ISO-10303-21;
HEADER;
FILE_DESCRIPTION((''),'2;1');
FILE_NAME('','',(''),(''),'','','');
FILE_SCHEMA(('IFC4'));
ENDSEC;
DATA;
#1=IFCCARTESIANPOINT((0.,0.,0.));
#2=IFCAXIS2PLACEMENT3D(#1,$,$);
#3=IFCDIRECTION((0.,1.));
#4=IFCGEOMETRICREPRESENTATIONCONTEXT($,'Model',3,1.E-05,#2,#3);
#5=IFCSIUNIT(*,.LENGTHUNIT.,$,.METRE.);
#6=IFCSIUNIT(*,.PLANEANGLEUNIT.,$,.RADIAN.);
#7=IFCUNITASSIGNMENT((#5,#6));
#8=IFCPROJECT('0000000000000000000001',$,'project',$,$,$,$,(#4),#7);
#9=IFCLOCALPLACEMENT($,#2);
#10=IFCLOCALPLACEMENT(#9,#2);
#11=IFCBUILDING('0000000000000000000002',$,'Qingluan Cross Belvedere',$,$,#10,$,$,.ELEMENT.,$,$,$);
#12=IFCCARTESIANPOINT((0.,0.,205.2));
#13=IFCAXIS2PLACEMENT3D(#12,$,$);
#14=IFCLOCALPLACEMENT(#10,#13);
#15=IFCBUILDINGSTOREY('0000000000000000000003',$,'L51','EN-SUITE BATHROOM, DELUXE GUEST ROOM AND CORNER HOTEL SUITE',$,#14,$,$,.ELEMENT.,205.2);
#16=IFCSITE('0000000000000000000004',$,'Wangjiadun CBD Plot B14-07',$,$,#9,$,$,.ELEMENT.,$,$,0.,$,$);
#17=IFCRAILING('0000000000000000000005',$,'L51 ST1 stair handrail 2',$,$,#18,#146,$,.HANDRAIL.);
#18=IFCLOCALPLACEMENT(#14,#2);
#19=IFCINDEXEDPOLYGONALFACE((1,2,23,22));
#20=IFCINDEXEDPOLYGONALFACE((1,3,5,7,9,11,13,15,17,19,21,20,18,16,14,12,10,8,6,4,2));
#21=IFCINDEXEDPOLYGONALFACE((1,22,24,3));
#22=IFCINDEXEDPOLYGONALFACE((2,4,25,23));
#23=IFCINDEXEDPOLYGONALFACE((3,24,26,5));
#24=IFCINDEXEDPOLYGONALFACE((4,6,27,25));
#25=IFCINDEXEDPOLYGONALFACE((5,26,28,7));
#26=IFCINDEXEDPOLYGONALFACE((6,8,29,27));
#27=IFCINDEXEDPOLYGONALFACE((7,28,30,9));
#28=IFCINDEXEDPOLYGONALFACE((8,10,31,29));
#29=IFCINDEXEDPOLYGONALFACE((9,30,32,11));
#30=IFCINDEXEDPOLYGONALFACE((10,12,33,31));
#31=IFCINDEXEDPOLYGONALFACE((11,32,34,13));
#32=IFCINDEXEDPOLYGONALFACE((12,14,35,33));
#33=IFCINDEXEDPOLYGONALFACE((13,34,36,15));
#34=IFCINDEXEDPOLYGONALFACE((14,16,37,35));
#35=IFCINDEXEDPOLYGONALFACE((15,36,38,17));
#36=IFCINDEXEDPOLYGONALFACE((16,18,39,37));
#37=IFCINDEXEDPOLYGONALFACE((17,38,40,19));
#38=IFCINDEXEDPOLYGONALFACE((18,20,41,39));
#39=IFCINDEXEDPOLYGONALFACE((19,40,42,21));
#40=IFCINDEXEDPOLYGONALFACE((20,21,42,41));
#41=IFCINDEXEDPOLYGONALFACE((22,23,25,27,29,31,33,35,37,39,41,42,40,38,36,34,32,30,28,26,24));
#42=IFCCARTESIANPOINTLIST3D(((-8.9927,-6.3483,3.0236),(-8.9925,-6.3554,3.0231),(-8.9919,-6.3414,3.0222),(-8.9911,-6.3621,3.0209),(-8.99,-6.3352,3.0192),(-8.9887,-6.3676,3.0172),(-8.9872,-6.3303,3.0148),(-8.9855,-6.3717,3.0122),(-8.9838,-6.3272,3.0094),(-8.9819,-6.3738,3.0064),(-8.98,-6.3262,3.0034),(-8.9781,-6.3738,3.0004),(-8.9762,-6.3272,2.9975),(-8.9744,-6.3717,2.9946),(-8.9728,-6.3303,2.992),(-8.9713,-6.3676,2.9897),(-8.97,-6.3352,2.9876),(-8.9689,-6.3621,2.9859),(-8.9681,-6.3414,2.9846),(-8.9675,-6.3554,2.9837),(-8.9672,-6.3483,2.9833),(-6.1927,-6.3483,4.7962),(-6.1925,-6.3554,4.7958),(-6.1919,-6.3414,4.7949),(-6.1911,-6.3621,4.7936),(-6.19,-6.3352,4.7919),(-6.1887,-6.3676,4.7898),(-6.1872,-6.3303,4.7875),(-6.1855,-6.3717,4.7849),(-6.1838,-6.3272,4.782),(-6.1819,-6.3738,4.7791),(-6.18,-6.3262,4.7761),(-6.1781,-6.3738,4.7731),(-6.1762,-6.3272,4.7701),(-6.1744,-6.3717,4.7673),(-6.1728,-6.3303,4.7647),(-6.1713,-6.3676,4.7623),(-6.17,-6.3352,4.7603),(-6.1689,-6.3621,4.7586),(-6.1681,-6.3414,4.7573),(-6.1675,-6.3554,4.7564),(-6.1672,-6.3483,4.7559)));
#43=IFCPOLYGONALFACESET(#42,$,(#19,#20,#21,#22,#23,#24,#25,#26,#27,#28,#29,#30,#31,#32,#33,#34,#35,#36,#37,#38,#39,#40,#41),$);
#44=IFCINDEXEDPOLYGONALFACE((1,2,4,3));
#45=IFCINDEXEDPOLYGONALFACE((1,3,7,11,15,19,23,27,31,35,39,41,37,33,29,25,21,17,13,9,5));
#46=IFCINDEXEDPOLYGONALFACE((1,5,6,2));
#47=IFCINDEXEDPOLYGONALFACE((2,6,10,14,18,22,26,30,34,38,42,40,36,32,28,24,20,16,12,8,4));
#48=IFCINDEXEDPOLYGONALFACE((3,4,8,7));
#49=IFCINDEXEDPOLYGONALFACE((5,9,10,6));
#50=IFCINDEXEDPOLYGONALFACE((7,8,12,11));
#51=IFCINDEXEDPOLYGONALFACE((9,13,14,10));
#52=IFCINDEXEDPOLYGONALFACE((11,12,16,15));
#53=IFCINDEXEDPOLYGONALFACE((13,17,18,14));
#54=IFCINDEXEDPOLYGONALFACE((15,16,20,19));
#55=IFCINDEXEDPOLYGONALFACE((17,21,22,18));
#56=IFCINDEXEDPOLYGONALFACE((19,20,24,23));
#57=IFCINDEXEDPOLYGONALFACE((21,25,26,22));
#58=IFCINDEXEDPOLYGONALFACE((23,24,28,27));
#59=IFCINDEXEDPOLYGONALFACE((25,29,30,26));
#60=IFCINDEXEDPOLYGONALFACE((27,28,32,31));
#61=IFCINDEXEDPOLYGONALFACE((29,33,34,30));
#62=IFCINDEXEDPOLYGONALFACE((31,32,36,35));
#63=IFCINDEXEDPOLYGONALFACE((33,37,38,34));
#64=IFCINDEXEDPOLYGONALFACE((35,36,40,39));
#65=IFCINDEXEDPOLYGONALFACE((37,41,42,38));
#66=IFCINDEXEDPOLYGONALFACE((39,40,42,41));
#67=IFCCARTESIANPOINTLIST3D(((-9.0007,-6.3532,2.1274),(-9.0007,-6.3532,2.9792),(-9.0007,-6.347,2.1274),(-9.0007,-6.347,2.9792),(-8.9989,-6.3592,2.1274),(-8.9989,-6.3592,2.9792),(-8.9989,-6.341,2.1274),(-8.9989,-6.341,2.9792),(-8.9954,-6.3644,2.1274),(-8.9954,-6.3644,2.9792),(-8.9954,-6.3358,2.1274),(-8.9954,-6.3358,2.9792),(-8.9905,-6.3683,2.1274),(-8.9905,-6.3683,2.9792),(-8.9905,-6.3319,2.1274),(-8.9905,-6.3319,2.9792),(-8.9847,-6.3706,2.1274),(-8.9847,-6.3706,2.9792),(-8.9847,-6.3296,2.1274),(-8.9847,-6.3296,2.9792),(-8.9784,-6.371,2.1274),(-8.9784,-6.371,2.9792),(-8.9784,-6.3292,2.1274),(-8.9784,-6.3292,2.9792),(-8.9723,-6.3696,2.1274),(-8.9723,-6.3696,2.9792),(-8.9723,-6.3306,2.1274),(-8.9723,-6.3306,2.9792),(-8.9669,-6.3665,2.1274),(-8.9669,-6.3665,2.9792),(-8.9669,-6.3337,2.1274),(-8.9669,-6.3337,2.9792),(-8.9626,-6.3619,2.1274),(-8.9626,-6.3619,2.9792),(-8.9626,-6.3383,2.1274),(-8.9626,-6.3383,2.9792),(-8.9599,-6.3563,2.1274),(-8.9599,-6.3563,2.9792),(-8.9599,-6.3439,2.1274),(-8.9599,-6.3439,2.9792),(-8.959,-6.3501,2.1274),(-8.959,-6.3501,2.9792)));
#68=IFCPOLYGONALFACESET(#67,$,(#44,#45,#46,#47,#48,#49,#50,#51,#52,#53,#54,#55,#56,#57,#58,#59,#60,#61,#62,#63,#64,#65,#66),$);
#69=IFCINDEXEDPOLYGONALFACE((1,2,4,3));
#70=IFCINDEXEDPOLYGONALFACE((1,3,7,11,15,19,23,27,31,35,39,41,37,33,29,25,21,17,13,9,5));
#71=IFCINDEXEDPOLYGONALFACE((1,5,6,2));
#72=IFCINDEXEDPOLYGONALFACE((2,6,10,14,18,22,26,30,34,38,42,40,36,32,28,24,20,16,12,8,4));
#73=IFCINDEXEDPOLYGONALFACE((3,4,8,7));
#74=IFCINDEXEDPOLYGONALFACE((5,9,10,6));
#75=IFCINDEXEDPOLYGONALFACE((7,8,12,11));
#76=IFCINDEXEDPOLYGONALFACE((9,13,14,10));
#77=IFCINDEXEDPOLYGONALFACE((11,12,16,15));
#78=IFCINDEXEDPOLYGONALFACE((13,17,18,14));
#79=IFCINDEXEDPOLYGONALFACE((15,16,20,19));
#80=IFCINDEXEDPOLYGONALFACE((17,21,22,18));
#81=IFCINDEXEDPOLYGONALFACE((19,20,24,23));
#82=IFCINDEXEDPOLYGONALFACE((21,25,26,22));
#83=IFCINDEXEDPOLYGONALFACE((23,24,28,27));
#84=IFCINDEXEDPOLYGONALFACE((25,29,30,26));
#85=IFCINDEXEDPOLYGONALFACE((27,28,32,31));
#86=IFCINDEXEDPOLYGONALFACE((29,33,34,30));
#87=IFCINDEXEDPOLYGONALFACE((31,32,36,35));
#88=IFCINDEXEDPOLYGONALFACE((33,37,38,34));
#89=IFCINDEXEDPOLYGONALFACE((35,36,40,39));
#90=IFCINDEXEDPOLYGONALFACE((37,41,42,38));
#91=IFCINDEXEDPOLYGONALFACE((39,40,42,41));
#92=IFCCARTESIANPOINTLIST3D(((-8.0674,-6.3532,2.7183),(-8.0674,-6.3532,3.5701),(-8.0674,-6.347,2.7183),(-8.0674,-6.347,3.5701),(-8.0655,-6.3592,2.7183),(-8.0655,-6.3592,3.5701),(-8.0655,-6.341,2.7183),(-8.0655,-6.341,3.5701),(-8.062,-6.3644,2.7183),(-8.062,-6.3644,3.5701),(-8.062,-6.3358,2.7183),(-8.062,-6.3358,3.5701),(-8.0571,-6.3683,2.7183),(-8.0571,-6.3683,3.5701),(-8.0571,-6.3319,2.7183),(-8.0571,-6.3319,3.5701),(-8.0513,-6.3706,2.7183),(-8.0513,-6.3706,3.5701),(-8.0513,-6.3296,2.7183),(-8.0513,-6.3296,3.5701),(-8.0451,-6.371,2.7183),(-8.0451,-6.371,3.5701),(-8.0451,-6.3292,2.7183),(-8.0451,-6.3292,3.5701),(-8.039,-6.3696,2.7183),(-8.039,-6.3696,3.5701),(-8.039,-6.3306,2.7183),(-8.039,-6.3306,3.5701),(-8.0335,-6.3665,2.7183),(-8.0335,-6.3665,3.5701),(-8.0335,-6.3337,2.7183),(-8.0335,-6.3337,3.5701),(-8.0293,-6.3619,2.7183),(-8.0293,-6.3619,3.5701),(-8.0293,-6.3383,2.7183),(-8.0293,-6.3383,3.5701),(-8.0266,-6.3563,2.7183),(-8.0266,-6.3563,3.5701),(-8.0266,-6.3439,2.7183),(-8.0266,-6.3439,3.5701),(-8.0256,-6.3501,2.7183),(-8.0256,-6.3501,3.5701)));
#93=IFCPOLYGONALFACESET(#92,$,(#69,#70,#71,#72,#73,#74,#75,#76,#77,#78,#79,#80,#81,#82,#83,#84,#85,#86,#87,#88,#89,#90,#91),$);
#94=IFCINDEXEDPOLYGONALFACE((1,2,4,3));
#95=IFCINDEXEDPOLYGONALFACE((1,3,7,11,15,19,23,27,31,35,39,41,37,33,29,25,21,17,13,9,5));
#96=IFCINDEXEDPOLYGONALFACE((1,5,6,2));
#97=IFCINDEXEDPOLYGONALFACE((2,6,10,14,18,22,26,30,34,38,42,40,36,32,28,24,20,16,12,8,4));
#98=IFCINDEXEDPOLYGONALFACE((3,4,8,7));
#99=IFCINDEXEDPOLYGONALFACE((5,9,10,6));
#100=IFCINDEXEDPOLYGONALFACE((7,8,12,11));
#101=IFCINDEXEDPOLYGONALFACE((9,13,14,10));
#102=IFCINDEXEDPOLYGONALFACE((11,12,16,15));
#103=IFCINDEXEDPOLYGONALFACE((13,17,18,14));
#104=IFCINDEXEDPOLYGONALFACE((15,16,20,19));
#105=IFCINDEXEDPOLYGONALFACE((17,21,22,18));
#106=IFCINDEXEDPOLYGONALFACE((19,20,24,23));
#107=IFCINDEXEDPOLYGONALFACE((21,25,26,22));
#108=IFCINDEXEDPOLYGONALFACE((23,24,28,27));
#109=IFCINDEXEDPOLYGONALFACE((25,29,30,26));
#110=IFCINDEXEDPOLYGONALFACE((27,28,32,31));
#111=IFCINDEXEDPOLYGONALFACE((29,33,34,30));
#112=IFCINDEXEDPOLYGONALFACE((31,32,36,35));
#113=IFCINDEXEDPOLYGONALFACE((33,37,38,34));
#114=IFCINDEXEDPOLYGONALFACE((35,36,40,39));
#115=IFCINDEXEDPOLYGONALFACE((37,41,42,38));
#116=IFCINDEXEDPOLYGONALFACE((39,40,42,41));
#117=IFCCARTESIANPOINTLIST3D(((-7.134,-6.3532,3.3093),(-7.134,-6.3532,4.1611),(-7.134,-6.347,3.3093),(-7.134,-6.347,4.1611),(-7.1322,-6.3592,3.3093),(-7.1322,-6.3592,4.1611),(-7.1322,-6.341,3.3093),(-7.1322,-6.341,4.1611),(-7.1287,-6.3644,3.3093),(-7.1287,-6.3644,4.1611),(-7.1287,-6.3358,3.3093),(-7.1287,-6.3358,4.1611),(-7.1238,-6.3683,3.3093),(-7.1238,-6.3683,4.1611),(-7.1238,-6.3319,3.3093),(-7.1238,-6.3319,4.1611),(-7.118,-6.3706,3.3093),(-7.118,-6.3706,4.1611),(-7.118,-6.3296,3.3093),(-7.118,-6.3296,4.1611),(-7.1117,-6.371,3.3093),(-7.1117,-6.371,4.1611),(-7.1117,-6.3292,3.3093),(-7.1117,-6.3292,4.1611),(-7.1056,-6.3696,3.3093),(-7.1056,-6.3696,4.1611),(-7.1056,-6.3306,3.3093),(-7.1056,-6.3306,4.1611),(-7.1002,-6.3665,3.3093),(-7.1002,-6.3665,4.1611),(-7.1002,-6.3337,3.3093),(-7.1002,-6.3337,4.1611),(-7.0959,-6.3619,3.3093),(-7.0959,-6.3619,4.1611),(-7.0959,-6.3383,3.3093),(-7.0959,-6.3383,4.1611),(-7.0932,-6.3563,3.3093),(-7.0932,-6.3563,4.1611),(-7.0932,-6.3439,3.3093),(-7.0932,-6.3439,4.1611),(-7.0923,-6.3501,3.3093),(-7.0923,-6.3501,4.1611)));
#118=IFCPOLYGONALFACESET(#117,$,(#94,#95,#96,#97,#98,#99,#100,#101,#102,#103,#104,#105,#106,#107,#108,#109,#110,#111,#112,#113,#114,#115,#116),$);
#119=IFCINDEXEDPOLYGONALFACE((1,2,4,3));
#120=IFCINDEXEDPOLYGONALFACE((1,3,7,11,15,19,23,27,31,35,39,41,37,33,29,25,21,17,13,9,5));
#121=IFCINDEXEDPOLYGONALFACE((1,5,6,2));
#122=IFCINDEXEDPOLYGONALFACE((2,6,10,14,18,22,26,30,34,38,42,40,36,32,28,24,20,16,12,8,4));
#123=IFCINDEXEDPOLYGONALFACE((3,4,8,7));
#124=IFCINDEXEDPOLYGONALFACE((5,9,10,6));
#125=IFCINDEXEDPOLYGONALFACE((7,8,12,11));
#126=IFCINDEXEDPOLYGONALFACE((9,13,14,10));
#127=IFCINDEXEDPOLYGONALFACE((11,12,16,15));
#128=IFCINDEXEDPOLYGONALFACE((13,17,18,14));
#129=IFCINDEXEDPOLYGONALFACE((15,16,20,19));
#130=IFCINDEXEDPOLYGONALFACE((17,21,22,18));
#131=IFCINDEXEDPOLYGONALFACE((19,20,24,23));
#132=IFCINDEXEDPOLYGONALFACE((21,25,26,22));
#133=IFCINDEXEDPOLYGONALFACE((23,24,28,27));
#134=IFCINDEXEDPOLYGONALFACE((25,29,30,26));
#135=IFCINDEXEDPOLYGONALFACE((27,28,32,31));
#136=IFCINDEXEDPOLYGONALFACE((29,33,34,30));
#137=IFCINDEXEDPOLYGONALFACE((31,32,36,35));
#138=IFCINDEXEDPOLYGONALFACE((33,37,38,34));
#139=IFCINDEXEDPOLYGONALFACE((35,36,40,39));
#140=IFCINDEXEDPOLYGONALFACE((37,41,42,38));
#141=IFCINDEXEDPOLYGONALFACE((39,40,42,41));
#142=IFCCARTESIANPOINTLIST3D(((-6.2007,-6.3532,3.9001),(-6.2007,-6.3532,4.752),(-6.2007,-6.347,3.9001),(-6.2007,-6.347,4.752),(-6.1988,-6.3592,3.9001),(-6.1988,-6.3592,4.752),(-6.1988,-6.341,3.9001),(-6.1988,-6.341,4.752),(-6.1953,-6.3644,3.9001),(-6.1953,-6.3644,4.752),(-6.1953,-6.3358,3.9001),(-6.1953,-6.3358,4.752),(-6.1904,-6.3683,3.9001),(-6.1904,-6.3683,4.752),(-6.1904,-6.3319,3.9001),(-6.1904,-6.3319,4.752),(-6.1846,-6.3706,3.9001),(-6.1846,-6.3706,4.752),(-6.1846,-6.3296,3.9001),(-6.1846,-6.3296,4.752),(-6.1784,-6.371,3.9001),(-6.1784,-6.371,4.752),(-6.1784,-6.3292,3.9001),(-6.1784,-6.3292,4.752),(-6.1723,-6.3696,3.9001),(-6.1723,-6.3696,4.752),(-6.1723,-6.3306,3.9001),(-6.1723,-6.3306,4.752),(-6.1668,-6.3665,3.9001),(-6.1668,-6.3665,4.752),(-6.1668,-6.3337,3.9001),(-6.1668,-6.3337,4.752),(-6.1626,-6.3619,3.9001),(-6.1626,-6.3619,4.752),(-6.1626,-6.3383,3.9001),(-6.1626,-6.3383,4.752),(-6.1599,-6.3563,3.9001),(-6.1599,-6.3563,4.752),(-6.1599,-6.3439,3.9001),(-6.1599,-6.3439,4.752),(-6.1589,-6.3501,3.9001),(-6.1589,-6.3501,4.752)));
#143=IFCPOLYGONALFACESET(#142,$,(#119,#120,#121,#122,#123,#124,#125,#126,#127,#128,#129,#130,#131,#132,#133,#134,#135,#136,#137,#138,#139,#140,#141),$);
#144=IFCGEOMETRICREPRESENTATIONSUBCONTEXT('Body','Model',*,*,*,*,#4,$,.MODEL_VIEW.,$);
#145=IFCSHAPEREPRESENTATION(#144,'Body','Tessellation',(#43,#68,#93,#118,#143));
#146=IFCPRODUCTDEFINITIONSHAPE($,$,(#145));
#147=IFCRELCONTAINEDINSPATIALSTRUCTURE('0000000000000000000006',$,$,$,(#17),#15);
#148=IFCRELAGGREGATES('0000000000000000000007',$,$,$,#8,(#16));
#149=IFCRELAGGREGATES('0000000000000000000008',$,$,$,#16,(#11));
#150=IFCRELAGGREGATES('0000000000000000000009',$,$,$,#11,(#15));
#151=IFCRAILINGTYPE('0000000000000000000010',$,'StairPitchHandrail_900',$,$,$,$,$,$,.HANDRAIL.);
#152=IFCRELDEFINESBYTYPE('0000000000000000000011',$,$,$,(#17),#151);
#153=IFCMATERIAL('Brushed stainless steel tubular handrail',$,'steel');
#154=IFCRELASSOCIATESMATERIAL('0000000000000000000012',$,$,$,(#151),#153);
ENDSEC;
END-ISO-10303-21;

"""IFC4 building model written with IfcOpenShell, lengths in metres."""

from ifc_helpers import new_model, si_unit, direction, frame, origin, origin_2d, place, context, subcontext, project, spatial, circle, extrude, material, type_object, element, save


model = new_model("IFC4")

# Units and contexts
model_context = context("Model", 3, precision=1e-05, world=origin(), true_north=direction((0.0, 1.0)))
body_context = subcontext(model_context, "Body", "Model", "MODEL_VIEW")
ifc_project = project(units=[si_unit("LENGTHUNIT", "METRE"), si_unit("PLANEANGLEUNIT", "RADIAN")], contexts=[model_context])

# Site, building, storey
site_placement = place(None, origin())
site = spatial("IfcSite", under=ifc_project, at=site_placement, Name="Wangjiadun CBD Plot B14-07", CompositionType="ELEMENT", RefElevation=0.0)
building_placement = place(site_placement, origin())
building = spatial("IfcBuilding", under=site, at=building_placement, Name="Qingluan Cross Belvedere", CompositionType="ELEMENT")
storey_placement = place(building_placement, frame((0.0, 0.0, 205.2)))
storey = spatial("IfcBuildingStorey", under=building, at=storey_placement, Name="L51", Description="EN-SUITE BATHROOM, DELUXE GUEST ROOM AND CORNER HOTEL SUITE", CompositionType="ELEMENT", Elevation=205.2)

# Railing
ifc_material_1 = material(Name="Brushed stainless steel tubular handrail", Category="steel")
railing_type_1 = type_object("IfcRailingType", Name="StairPitchHandrail_900", PredefinedType="HANDRAIL", material=ifc_material_1)
railing_1_placement = place(storey_placement, frame((-8.98, -6.3501, 2.1274)))
element("IfcRailing", 1, at=railing_1_placement, inside=storey, type_object=railing_type_1, Name="L51 ST1 stair handrail 2", PredefinedType="HANDRAIL", context=body_context, shape_type="SweptSolid", body=[
    extrude(circle(Radius=0.0239, at=origin_2d()), frame((0.0, 0.0, 0.876), z_axis=(0.844909, 0.0, 0.53491), x_axis=(0.0, 1.0, 0.0)), (0.0, 0.0, 1.0), 3.314),
    extrude(circle(Radius=0.021, at=origin_2d()), origin(), (0.0, 0.0, 1.0), 0.8518),
    extrude(circle(Radius=0.021, at=origin_2d()), frame((0.9333, 0.0, 0.5908)), (0.0, 0.0, 1.0), 0.8518),
    extrude(circle(Radius=0.021, at=origin_2d()), frame((1.8667, 0.0, 1.1819)), (0.0, 0.0, 1.0), 0.8518),
    extrude(circle(Radius=0.021, at=origin_2d()), frame((2.8, 0.0, 1.7727)), (0.0, 0.0, 1.0), 0.8518),
])

save(model, "model.ifc")
